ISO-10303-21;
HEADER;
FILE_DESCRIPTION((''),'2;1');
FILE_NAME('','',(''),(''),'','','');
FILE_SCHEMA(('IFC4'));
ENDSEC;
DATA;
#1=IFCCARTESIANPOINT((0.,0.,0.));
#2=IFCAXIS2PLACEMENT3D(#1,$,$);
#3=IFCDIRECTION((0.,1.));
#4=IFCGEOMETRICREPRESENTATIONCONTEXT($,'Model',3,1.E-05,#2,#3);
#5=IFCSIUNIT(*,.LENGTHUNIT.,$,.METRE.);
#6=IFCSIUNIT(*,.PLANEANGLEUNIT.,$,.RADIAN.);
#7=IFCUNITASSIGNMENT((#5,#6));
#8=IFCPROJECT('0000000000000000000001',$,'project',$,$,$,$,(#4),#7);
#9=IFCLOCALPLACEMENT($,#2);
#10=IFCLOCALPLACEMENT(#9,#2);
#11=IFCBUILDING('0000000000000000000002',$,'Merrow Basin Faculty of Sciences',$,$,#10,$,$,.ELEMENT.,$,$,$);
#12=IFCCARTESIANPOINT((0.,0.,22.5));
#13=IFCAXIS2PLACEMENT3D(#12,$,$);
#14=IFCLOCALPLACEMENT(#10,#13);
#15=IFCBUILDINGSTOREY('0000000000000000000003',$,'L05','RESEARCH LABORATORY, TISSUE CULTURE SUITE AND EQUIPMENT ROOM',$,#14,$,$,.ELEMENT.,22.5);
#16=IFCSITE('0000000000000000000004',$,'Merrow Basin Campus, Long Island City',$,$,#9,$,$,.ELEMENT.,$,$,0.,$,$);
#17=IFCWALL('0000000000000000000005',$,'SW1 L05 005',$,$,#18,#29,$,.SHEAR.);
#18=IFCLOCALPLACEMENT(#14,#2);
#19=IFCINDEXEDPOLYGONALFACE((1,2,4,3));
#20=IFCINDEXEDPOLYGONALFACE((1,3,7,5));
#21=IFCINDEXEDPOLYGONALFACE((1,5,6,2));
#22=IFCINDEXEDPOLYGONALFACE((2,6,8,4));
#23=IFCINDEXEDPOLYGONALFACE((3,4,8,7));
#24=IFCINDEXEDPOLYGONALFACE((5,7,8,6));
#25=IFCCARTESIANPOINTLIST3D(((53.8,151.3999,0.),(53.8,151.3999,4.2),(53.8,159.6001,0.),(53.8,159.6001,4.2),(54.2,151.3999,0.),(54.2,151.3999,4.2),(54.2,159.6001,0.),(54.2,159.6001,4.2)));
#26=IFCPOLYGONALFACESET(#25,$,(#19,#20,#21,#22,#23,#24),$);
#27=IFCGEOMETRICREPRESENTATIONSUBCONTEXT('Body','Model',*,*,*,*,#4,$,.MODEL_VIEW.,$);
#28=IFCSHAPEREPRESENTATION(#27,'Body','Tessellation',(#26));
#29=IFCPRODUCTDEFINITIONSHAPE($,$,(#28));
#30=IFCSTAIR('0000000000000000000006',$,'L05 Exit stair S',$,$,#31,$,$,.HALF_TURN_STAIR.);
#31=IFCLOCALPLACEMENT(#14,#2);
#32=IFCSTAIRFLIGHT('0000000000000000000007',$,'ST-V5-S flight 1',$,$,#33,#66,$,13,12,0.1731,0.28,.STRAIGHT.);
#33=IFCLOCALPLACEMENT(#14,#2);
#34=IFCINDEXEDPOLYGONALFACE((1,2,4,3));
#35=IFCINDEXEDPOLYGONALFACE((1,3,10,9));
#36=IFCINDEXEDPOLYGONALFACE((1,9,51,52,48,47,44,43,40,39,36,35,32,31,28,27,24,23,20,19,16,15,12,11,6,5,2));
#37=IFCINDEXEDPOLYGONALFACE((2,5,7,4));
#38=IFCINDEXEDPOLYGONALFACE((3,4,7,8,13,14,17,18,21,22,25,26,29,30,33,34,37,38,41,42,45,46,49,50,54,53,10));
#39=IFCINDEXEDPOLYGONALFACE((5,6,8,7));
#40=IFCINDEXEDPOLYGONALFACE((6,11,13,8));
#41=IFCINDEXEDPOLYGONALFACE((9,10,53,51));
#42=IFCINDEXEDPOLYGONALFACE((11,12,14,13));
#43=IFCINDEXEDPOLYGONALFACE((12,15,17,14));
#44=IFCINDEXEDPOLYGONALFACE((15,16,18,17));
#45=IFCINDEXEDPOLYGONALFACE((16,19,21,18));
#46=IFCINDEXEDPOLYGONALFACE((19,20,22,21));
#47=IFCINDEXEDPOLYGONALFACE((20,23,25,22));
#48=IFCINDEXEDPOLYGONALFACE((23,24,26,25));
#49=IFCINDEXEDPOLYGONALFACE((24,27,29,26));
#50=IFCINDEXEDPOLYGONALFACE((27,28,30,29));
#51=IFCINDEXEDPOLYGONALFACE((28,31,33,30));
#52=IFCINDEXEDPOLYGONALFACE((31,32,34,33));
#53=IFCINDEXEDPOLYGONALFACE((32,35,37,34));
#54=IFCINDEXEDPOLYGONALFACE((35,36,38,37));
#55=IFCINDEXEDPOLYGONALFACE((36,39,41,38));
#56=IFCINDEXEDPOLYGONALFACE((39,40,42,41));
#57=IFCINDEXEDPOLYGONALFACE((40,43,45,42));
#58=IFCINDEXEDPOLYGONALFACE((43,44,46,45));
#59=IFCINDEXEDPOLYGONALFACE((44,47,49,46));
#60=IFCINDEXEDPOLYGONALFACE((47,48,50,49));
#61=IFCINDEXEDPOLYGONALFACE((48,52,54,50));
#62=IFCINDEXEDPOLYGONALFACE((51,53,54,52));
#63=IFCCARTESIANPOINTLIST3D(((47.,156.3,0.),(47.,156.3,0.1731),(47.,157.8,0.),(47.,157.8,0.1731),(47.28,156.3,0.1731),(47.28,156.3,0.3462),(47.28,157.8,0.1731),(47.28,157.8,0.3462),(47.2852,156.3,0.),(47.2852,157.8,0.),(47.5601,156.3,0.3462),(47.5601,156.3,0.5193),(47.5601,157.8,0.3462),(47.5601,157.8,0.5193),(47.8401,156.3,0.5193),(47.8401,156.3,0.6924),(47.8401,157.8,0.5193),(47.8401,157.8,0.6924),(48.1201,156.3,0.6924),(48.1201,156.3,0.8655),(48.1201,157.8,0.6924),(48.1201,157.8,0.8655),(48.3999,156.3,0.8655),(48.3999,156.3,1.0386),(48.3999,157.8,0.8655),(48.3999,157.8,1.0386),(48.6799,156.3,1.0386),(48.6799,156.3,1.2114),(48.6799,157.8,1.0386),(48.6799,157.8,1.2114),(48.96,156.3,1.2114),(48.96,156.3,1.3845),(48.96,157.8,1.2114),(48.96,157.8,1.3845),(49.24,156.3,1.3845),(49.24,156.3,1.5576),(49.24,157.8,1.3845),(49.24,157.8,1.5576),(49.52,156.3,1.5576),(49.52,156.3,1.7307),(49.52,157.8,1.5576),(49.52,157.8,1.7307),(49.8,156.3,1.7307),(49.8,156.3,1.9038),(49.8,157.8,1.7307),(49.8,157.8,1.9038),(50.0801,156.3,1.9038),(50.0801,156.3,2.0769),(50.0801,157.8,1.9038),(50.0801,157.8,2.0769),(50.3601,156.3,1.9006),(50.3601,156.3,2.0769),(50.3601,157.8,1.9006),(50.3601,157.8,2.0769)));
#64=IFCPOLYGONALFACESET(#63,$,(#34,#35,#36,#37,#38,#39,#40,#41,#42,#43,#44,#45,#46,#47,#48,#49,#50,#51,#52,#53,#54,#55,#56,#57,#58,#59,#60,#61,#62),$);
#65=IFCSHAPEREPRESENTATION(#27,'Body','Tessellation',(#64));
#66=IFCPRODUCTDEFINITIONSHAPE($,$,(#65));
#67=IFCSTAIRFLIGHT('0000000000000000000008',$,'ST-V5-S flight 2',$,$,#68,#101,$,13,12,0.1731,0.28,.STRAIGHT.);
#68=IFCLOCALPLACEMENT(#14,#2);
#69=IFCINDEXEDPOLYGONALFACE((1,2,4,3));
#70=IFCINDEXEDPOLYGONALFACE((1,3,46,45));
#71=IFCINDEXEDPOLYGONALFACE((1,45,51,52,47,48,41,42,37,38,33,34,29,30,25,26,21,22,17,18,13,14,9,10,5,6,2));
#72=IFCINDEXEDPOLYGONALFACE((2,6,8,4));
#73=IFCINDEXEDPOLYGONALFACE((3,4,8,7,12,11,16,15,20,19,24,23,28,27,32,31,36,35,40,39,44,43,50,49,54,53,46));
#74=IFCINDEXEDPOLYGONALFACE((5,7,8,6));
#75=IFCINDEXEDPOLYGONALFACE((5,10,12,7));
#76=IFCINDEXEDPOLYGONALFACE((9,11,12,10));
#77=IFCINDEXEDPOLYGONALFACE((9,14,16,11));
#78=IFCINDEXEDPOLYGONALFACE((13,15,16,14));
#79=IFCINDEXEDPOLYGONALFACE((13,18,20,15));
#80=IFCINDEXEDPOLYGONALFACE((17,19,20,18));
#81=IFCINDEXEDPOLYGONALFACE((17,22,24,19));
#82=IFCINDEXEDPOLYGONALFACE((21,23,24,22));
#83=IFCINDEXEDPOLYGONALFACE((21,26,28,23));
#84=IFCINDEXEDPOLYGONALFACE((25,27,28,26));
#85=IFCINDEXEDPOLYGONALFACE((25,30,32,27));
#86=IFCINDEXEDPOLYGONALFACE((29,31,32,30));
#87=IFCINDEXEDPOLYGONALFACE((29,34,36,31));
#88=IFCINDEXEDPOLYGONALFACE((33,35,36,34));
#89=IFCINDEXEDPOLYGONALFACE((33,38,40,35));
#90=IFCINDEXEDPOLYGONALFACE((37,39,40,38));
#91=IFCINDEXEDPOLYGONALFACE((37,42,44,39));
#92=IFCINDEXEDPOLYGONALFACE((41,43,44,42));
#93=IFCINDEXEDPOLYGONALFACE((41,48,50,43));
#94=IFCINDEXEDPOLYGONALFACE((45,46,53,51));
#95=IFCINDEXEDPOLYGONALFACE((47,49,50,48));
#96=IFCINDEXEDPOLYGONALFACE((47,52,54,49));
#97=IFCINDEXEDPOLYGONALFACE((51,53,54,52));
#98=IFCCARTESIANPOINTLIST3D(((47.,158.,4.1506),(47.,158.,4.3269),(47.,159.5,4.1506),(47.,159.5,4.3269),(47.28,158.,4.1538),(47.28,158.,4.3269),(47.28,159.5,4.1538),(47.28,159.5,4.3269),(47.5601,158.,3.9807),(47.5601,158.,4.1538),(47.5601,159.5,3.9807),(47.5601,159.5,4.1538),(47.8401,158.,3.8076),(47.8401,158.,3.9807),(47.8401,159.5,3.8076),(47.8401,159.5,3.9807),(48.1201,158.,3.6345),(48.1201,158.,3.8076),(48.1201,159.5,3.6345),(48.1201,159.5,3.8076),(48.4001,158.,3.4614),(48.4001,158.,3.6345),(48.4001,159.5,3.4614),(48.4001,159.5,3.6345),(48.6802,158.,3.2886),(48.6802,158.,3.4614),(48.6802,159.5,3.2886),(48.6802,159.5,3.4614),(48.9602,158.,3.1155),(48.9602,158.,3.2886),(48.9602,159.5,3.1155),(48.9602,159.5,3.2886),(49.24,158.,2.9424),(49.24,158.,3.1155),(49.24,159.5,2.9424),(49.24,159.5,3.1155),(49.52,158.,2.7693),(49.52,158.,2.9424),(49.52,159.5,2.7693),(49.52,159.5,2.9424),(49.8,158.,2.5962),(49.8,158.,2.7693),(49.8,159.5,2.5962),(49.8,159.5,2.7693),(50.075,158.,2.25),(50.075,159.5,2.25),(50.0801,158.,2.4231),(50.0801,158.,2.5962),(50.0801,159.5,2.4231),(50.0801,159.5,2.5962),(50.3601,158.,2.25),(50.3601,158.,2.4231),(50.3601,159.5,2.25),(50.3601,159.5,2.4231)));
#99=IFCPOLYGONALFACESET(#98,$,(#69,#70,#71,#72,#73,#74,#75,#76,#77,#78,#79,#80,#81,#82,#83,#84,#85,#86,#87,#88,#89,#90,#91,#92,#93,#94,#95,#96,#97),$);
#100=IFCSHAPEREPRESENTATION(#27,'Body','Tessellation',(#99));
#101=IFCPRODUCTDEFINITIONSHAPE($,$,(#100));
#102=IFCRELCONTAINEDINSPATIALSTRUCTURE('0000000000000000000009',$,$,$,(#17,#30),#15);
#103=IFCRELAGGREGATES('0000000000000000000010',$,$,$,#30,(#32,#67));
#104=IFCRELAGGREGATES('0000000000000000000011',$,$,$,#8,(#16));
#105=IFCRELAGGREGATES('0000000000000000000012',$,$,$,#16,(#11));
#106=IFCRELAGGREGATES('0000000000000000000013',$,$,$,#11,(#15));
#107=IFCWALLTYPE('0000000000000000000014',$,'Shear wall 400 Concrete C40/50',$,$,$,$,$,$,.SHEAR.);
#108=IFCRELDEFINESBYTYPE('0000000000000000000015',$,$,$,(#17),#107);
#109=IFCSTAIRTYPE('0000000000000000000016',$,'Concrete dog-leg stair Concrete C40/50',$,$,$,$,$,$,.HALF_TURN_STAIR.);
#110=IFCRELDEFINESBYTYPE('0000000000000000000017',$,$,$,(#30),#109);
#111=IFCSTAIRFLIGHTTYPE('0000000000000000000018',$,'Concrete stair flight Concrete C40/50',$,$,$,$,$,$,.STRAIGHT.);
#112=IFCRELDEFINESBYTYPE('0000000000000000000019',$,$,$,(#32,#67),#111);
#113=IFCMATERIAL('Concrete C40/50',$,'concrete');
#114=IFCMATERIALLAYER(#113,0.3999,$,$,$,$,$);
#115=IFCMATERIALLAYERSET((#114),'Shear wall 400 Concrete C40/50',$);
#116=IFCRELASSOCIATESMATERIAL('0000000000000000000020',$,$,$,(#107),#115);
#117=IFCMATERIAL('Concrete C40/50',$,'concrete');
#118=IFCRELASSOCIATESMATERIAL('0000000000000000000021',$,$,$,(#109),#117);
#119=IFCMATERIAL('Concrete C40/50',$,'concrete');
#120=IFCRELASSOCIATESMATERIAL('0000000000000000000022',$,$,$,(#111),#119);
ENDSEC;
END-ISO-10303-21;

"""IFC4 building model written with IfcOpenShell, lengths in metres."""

from ifc_helpers import new_model, si_unit, direction, frame, frame_2d, origin, place, context, subcontext, project, spatial, polyline, rectangle, outline, extrude, material, layer, layer_set, type_object, element, aggregate, save


model = new_model("IFC4")

# Units and contexts
model_context = context("Model", 3, precision=1e-05, world=origin(), true_north=direction((0.0, 1.0)))
body_context = subcontext(model_context, "Body", "Model", "MODEL_VIEW")
ifc_project = project(units=[si_unit("LENGTHUNIT", "METRE"), si_unit("PLANEANGLEUNIT", "RADIAN")], contexts=[model_context])

# Site, building, storey
site_placement = place(None, origin())
site = spatial("IfcSite", under=ifc_project, at=site_placement, Name="Merrow Basin Campus, Long Island City", CompositionType="ELEMENT", RefElevation=0.0)
building_placement = place(site_placement, origin())
building = spatial("IfcBuilding", under=site, at=building_placement, Name="Merrow Basin Faculty of Sciences", CompositionType="ELEMENT")
storey_placement = place(building_placement, frame((0.0, 0.0, 22.5)))
storey = spatial("IfcBuildingStorey", under=building, at=storey_placement, Name="L05", Description="RESEARCH LABORATORY, TISSUE CULTURE SUITE AND EQUIPMENT ROOM", CompositionType="ELEMENT", Elevation=22.5)

# Shared definitions
ifc_material_1 = material(Name="Concrete C40/50", Category="concrete")
ifc_layer_1 = layer(ifc_material_1, 0.3999)
ifc_layer_set_1 = layer_set([ifc_layer_1], Name="Shear wall 400 Concrete C40/50")
wall_type_1 = type_object("IfcWallType", Name="Shear wall 400 Concrete C40/50", PredefinedType="SHEAR", material=ifc_layer_set_1)

# Wall
wall_1_placement = place(storey_placement, frame((54.0, 151.3999, 0.0), z_axis=(0.0, 0.0, 1.0), x_axis=(0.0, 1.0, 0.0)))
element("IfcWall", 1, at=wall_1_placement, inside=storey, type_object=wall_type_1, Name="SW1 L05 005", PredefinedType="SHEAR", context=body_context, shape_type="SweptSolid", body=[
    extrude(rectangle(XDim=8.2002, YDim=0.3999, at=frame_2d((4.1001, 0.0))), origin(), (0.0, 0.0, 1.0), 4.2),
])

# Stair, stair flights
ifc_material_2 = material(Name="Concrete C40/50", Category="concrete")
stair_type = type_object("IfcStairType", Name="Concrete dog-leg stair Concrete C40/50", PredefinedType="HALF_TURN_STAIR", material=ifc_material_2)
stair_placement = place(storey_placement, origin())
stair = element("IfcStair", 2, at=stair_placement, inside=storey, type_object=stair_type, Name="L05 Exit stair S", PredefinedType="HALF_TURN_STAIR")
ifc_material_3 = material(Name="Concrete C40/50", Category="concrete")
stair_flight_type = type_object("IfcStairFlightType", Name="Concrete stair flight Concrete C40/50", PredefinedType="STRAIGHT", material=ifc_material_3)
stair_flight_1_placement = place(storey_placement, frame((47.0, 157.05, 0.0), z_axis=(0.0, 0.0, 1.0), x_axis=(1.0, 0.0, 0.0)))
stair_flight_1 = element("IfcStairFlight", 3, at=stair_flight_1_placement, type_object=stair_flight_type, Name="ST-V5-S flight 1", NumberOfRisers=13, NumberOfTreads=12, PredefinedType="STRAIGHT", RiserHeight=0.1731, TreadLength=0.28, context=body_context, shape_type="SweptSolid", body=[
    extrude(outline(polyline([(0.0, 0.0), (0.0, 0.1731), (0.28, 0.1731), (0.28, 0.3462), (0.5601, 0.3462), (0.5601, 0.5193), (0.8401, 0.5193), (0.8401, 0.6924), (1.1201, 0.6924), (1.1201, 0.8655), (1.3999, 0.8655), (1.3999, 1.0386), (1.6799, 1.0386), (1.6799, 1.2114), (1.96, 1.2114), (1.96, 1.3845), (2.24, 1.3845), (2.24, 1.5576), (2.52, 1.5576), (2.52, 1.7307), (2.8, 1.7307), (2.8, 1.9038), (3.0801, 1.9038), (3.0801, 2.0769), (3.3601, 2.0769), (3.3601, 2.25), (3.3601, 1.9006), (0.2852, 0.0), (0.0, 0.0)])), frame((0.0, 0.75, 0.0), z_axis=(0.0, -1.0, 0.0), x_axis=(1.0, 0.0, 0.0)), (0.0, 0.0, 1.0), 1.5),
])
stair_flight_2_placement = place(storey_placement, frame((50.3601, 158.75, 2.25), z_axis=(0.0, 0.0, 1.0), x_axis=(-1.0, 0.0, 0.0)))
stair_flight_2 = element("IfcStairFlight", 4, at=stair_flight_2_placement, type_object=stair_flight_type, Name="ST-V5-S flight 2", NumberOfRisers=13, NumberOfTreads=12, PredefinedType="STRAIGHT", RiserHeight=0.1731, TreadLength=0.28, context=body_context, shape_type="SweptSolid", body=[
    extrude(outline(polyline([(0.0, 0.0), (0.0, 0.1731), (0.28, 0.1731), (0.28, 0.3462), (0.5601, 0.3462), (0.5601, 0.5193), (0.8401, 0.5193), (0.8401, 0.6924), (1.1201, 0.6924), (1.1201, 0.8655), (1.3999, 0.8655), (1.3999, 1.0386), (1.6799, 1.0386), (1.6799, 1.2114), (1.96, 1.2114), (1.96, 1.3845), (2.24, 1.3845), (2.24, 1.5576), (2.52, 1.5576), (2.52, 1.7307), (2.8, 1.7307), (2.8, 1.9038), (3.0801, 1.9038), (3.0801, 2.0769), (3.3601, 2.0769), (3.3601, 2.25), (3.3601, 1.9006), (0.2852, 0.0), (0.0, 0.0)])), frame((0.0, 0.75, 0.0), z_axis=(0.0, -1.0, 0.0), x_axis=(1.0, 0.0, 0.0)), (0.0, 0.0, 1.0), 1.5),
])
aggregate(stair, [stair_flight_1, stair_flight_2])

save(model, "model.ifc")
